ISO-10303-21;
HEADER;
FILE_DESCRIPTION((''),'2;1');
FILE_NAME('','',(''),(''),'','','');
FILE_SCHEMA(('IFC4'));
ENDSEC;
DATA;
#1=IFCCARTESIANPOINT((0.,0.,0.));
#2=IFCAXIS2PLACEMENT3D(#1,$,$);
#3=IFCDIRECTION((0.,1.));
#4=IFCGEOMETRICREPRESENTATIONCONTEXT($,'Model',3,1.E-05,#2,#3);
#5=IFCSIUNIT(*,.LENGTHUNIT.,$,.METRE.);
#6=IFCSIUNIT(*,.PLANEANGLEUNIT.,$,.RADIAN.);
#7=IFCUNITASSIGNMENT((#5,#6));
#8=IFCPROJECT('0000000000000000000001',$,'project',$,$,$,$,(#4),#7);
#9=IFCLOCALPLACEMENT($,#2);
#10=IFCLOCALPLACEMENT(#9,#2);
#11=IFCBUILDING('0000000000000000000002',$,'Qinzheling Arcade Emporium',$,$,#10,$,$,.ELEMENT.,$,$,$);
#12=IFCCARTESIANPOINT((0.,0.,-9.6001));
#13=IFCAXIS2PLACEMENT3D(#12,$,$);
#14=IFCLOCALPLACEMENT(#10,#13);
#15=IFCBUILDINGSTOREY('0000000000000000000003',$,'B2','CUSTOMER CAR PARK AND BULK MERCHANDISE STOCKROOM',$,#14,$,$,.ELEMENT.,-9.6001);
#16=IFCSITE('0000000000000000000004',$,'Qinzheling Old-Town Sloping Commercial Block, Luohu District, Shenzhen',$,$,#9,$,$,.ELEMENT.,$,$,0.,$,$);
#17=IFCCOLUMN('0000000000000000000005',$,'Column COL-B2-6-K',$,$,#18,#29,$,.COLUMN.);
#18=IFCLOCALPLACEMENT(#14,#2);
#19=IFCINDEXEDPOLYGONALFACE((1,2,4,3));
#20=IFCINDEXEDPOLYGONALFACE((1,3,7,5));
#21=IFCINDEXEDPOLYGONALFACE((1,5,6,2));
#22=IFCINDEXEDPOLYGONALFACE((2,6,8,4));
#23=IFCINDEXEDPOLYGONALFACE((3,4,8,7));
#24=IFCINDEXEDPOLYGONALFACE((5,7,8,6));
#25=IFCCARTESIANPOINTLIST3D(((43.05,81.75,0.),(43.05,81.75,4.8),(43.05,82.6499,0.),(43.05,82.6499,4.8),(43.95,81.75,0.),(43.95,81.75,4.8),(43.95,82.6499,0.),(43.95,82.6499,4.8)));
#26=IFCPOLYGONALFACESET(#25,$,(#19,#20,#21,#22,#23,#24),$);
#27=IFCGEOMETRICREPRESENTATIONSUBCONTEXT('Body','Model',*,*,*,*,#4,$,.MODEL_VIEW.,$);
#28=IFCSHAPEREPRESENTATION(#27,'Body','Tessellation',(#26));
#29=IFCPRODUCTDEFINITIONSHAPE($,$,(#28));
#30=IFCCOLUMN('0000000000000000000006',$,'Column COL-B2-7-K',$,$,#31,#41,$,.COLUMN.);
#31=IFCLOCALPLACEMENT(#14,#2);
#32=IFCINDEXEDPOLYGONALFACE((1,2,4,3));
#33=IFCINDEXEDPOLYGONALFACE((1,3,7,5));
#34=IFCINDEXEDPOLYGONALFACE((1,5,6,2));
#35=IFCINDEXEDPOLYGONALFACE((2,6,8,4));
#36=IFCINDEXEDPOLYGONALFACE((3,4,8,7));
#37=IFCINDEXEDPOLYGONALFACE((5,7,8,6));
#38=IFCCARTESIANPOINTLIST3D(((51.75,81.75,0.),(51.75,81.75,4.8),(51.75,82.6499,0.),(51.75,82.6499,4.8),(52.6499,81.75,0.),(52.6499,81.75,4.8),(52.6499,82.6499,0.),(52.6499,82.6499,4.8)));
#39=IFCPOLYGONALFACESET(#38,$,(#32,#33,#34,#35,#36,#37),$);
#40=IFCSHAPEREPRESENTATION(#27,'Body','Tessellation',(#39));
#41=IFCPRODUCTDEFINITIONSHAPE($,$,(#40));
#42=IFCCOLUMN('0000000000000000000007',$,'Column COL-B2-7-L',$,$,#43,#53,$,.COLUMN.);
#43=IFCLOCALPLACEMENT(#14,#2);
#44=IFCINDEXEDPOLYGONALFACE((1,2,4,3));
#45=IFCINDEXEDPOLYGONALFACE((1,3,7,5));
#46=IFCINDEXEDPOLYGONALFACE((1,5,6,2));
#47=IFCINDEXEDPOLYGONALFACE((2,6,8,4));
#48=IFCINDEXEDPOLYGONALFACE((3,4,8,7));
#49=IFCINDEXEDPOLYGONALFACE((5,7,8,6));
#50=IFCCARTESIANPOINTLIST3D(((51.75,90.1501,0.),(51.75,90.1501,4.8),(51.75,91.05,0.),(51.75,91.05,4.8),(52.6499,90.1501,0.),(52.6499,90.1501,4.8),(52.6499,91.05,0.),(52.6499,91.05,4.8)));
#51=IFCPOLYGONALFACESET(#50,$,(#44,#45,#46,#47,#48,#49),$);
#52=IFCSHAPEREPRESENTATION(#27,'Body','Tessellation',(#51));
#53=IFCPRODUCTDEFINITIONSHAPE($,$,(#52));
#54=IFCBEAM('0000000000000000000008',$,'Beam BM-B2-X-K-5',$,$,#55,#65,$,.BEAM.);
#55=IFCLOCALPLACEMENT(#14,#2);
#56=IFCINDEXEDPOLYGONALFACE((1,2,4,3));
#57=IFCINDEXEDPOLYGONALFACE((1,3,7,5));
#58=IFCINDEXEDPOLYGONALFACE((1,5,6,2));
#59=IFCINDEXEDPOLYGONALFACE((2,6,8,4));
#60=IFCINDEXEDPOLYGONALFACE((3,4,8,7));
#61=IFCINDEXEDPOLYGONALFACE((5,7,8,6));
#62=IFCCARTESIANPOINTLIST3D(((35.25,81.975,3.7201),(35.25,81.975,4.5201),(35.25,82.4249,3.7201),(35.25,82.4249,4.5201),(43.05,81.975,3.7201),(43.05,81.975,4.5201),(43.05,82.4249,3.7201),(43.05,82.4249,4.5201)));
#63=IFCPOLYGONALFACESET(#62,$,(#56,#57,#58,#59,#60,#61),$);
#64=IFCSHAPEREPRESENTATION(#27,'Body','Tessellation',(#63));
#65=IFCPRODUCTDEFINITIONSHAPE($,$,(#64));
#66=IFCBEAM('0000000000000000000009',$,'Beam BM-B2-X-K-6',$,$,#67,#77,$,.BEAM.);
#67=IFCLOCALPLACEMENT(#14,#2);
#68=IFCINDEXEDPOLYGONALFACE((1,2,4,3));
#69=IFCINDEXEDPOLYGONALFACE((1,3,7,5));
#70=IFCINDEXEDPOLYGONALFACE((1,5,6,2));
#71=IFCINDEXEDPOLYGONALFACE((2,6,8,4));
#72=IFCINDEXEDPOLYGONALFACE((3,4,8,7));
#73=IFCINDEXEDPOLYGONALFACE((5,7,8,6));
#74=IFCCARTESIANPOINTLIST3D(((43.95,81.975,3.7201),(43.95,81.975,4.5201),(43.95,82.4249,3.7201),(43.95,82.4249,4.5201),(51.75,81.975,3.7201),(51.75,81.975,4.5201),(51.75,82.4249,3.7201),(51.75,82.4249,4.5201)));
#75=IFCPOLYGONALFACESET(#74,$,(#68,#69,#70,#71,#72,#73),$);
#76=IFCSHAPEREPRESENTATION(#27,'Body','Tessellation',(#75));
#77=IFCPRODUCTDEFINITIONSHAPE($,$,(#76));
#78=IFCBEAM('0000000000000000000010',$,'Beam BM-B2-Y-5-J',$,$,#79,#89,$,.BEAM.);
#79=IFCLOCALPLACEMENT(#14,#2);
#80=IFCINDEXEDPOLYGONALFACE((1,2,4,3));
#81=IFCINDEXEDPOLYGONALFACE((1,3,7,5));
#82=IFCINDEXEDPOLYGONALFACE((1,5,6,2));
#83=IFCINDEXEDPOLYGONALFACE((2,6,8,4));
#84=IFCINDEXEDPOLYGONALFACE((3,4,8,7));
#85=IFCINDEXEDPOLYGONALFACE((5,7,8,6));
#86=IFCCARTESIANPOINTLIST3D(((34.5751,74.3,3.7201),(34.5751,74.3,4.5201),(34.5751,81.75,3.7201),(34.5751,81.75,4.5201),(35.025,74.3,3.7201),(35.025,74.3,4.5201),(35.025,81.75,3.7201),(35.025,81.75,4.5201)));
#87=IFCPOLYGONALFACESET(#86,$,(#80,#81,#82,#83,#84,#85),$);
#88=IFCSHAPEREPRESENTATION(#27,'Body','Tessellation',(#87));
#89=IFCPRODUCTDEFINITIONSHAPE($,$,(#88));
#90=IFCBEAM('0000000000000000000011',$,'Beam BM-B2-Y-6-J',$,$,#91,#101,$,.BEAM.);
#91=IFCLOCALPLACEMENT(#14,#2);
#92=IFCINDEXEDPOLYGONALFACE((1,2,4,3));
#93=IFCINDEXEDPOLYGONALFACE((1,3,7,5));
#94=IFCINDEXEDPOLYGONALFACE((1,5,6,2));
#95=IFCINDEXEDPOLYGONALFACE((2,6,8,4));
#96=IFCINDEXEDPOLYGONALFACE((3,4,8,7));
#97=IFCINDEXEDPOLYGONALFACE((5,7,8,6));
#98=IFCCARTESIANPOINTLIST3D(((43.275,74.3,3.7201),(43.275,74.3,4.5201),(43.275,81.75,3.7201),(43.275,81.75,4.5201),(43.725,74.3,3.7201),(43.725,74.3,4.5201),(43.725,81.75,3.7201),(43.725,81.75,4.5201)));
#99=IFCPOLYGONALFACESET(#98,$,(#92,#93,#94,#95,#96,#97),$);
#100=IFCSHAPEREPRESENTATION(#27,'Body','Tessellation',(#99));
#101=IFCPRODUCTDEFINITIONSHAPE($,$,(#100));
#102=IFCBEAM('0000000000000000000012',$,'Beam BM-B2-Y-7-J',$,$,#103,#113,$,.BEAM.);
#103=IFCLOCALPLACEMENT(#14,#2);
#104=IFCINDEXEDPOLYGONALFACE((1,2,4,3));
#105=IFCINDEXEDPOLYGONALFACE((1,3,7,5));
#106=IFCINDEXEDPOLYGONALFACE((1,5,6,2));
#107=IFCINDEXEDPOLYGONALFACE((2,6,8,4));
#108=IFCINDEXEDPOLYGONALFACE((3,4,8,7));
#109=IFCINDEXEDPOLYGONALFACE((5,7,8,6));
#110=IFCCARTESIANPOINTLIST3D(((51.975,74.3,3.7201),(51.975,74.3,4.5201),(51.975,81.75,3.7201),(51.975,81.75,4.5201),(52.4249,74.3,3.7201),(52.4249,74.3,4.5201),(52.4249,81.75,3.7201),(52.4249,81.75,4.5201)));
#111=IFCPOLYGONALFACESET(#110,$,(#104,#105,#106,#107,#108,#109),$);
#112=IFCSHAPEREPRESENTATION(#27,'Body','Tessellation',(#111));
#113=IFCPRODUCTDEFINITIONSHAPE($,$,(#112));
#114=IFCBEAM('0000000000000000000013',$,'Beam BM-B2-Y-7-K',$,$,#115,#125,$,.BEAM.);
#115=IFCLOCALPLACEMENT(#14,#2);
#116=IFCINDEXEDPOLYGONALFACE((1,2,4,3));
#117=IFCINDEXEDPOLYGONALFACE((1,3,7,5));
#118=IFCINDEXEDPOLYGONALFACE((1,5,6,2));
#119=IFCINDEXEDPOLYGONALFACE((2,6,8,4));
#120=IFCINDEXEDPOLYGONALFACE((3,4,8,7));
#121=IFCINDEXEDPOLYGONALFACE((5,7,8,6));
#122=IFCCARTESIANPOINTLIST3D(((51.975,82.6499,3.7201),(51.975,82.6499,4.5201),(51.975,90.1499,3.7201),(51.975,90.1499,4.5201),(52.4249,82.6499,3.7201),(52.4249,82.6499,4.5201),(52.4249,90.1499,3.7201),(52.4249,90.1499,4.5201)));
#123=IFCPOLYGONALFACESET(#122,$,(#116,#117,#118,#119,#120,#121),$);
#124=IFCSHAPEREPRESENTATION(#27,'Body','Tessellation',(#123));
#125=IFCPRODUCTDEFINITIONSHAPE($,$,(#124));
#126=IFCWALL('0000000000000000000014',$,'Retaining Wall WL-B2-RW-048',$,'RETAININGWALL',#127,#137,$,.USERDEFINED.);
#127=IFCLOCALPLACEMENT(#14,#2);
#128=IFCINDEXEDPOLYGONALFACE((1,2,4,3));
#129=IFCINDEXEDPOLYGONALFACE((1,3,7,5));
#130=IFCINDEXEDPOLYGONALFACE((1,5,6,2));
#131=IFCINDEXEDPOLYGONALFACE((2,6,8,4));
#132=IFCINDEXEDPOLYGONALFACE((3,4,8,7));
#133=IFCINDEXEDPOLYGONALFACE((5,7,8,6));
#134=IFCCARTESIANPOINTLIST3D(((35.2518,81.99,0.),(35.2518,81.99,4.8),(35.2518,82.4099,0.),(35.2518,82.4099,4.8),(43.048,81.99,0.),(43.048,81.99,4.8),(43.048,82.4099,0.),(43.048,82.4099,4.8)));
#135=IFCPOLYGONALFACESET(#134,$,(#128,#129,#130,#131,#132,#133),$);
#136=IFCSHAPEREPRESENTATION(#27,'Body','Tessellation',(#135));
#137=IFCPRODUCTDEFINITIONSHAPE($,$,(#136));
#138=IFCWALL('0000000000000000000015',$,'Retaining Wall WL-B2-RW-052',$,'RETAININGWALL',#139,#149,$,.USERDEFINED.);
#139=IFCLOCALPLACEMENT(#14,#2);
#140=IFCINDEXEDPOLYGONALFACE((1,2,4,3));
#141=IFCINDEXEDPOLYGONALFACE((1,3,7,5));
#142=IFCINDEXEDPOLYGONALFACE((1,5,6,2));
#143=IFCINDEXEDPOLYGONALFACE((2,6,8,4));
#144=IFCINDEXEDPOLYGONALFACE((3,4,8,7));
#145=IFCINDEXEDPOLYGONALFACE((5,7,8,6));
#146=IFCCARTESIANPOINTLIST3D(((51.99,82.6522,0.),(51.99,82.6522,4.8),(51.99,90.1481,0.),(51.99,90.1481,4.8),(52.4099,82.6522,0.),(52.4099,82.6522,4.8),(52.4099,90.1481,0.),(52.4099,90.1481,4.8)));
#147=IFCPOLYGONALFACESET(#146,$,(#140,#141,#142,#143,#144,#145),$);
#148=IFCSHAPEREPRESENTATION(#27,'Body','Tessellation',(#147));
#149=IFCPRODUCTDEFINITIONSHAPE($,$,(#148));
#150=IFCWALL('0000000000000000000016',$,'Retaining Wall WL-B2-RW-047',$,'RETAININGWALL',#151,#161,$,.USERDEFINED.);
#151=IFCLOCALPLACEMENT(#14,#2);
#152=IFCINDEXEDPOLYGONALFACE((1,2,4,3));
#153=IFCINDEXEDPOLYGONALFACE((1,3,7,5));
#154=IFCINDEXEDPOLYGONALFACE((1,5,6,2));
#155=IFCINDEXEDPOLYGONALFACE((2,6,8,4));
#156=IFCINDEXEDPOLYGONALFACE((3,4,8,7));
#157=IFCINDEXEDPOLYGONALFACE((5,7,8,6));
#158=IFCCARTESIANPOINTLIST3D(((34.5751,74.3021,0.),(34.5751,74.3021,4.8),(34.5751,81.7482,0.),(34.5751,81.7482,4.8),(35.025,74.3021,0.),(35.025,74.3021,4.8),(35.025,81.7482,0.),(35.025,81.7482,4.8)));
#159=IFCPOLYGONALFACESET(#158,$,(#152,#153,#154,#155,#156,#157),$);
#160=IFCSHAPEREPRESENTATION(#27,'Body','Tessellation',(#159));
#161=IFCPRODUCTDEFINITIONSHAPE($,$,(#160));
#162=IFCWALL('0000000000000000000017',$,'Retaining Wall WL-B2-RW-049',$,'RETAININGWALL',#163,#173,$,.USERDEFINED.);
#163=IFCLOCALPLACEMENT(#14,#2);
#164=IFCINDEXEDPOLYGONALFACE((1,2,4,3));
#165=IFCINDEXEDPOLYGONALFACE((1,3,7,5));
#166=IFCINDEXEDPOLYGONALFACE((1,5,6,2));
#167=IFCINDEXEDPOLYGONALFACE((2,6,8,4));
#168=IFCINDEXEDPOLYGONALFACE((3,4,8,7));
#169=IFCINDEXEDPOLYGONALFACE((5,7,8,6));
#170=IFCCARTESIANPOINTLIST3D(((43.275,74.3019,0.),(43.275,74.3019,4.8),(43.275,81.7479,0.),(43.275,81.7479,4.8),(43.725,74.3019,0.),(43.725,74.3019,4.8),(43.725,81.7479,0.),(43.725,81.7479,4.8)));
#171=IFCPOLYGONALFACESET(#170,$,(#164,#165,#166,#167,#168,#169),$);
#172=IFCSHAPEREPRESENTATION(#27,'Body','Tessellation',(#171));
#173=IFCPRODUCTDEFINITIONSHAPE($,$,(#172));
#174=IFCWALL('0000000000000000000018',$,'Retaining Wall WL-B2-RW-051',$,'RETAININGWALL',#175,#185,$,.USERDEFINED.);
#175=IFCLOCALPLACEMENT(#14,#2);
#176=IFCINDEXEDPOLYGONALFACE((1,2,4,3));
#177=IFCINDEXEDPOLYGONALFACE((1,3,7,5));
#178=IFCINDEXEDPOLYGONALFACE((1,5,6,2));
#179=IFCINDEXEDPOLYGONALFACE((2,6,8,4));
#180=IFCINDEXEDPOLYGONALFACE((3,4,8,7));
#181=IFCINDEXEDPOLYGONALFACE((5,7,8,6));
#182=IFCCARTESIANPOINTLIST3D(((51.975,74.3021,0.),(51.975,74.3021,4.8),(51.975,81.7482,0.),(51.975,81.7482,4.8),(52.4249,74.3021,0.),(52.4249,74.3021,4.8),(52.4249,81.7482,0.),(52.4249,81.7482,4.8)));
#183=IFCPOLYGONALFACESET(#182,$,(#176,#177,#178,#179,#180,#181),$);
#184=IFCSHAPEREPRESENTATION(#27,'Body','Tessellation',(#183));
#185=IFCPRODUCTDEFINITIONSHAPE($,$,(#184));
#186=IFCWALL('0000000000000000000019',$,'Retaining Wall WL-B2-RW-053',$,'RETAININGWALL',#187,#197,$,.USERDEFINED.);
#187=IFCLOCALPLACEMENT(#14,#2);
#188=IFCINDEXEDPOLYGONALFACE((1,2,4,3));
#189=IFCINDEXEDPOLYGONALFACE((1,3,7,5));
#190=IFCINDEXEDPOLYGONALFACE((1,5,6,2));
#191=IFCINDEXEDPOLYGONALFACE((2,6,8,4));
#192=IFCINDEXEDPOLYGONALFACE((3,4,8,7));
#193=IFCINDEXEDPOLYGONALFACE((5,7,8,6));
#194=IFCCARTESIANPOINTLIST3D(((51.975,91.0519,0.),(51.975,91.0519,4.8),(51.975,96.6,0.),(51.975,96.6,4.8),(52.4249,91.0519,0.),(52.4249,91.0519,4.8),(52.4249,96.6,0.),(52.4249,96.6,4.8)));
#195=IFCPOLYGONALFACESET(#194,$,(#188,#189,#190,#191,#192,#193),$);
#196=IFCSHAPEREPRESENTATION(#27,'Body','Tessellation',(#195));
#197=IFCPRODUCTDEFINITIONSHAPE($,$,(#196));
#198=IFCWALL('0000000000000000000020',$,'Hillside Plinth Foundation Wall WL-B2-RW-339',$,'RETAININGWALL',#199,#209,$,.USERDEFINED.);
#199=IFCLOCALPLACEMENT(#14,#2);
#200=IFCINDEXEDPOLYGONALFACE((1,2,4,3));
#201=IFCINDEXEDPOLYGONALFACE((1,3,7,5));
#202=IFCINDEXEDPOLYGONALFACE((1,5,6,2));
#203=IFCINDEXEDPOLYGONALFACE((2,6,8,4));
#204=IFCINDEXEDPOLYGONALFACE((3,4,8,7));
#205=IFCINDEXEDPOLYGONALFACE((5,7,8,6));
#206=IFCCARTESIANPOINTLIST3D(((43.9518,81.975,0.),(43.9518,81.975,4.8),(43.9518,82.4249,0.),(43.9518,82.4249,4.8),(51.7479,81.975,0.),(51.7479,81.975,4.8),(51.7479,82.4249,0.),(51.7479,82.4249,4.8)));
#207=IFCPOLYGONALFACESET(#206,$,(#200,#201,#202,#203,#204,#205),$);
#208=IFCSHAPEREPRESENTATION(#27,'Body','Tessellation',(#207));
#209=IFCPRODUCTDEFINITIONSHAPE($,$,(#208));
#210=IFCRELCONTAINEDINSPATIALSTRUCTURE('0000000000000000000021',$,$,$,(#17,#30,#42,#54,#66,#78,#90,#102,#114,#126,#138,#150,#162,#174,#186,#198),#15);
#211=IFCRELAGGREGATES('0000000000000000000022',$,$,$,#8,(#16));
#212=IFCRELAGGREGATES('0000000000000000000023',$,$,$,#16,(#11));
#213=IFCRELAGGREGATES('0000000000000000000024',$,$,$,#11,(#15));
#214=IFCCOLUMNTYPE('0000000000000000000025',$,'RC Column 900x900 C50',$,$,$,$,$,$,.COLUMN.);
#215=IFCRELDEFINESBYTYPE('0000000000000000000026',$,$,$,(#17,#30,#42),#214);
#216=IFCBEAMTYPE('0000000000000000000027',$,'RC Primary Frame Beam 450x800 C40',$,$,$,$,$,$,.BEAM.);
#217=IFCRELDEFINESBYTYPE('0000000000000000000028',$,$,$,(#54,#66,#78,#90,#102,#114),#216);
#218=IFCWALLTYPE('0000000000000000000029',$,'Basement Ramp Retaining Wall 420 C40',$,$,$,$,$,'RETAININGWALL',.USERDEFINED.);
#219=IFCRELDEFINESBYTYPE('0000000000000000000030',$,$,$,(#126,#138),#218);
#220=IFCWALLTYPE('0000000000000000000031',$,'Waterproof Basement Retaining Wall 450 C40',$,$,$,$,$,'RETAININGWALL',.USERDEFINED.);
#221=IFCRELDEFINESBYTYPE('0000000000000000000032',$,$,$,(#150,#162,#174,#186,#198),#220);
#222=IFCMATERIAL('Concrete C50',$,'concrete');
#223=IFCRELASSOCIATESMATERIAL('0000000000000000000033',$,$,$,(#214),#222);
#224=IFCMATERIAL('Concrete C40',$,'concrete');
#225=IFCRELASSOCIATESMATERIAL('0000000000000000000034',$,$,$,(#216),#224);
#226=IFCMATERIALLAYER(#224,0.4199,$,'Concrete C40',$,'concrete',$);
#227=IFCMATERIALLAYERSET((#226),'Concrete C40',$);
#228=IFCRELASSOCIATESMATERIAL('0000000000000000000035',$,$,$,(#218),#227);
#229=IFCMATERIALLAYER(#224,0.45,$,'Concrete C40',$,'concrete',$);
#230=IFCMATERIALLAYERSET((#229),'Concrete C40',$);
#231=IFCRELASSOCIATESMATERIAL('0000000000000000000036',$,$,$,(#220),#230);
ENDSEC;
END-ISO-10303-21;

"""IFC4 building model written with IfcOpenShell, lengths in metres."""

from ifc_helpers import new_model, si_unit, direction, frame, frame_2d, origin, origin_2d, place, context, subcontext, project, spatial, rectangle, extrude, material, layer, layer_set, material_profile, profile_set, type_object, element, save


model = new_model("IFC4")

# Units and contexts
model_context = context("Model", 3, precision=1e-05, world=origin(), true_north=direction((0.0, 1.0)))
body_context = subcontext(model_context, "Body", "Model", "MODEL_VIEW")
ifc_project = project(units=[si_unit("LENGTHUNIT", "METRE"), si_unit("PLANEANGLEUNIT", "RADIAN")], contexts=[model_context])

# Site, building, storey
site_placement = place(None, origin())
site = spatial("IfcSite", under=ifc_project, at=site_placement, Name="Qinzheling Old-Town Sloping Commercial Block, Luohu District, Shenzhen", CompositionType="ELEMENT", RefElevation=0.0)
building_placement = place(site_placement, origin())
building = spatial("IfcBuilding", under=site, at=building_placement, Name="Qinzheling Arcade Emporium", CompositionType="ELEMENT")
storey_placement = place(building_placement, frame((0.0, 0.0, -9.6001)))
storey = spatial("IfcBuildingStorey", under=building, at=storey_placement, Name="B2", Description="CUSTOMER CAR PARK AND BULK MERCHANDISE STOCKROOM", CompositionType="ELEMENT", Elevation=-9.6001)

# Shared definitions
ifc_material_1 = material(Name="Concrete C40", Category="concrete")

# Columns
ifc_material_2 = material(Name="Concrete C50", Category="concrete")
ifc_material_profile_1 = material_profile(ifc_material_2, rectangle(XDim=0.8999, YDim=0.8999, at=origin_2d()), Name="RC 900x900", Category="concrete")
ifc_profile_set_1 = profile_set([ifc_material_profile_1], Name="Concrete C50")
column_type = type_object("IfcColumnType", Name="RC Column 900x900 C50", PredefinedType="COLUMN", material=ifc_profile_set_1)
for number, where, z_axis, x_axis, name in (
    (1, (43.5, 82.2, 0.0), (0.0, 0.0, 1.0), (1.0, 0.0, 0.0), "Column COL-B2-6-K"),
    (2, (52.2, 82.2, 0.0), (0.0, 0.0, 1.0), (1.0, 0.0, 0.0), "Column COL-B2-7-K"),
    (3, (52.2, 90.6001, 0.0), (0.0, 0.0, 1.0), (1.0, 0.0, 0.0), "Column COL-B2-7-L"),
):
    element("IfcColumn", number, at=place(storey_placement, frame(where, z_axis=z_axis, x_axis=x_axis)), inside=storey, type_object=column_type, Name=name, PredefinedType="COLUMN", context=body_context, shape_type="SweptSolid", body=[
        extrude(rectangle(XDim=0.8999, YDim=0.8999, at=origin_2d()), origin(), (0.0, 0.0, 1.0), 4.8),
    ])

# Beams
ifc_material_profile_2 = material_profile(ifc_material_1, rectangle(XDim=0.45, YDim=0.8, at=origin_2d()), Name="RC 450x800", Category="concrete")
ifc_profile_set_2 = profile_set([ifc_material_profile_2], Name="Concrete C40")
beam_type = type_object("IfcBeamType", Name="RC Primary Frame Beam 450x800 C40", PredefinedType="BEAM", material=ifc_profile_set_2)
for number, where, z_axis, x_axis, name in (
    (4, (35.25, 82.2, 4.1201), (1.0, 0.0, 0.0), (0.0, 1.0, 0.0), "Beam BM-B2-X-K-5"),
    (5, (43.95, 82.2, 4.1201), (1.0, 0.0, 0.0), (0.0, 1.0, 0.0), "Beam BM-B2-X-K-6"),
):
    element("IfcBeam", number, at=place(storey_placement, frame(where, z_axis=z_axis, x_axis=x_axis)), inside=storey, type_object=beam_type, Name=name, PredefinedType="BEAM", context=body_context, shape_type="SweptSolid", body=[
        extrude(rectangle(XDim=0.45, YDim=0.8, at=origin_2d()), origin(), (0.0, 0.0, 1.0), 7.8),
    ])
for number, where, z_axis, x_axis, name in (
    (6, (34.8, 74.3, 4.1201), (0.0, 1.0, 0.0), (-1.0, 0.0, 0.0), "Beam BM-B2-Y-5-J"),
    (7, (43.5, 74.3, 4.1201), (0.0, 1.0, 0.0), (-1.0, 0.0, 0.0), "Beam BM-B2-Y-6-J"),
    (8, (52.2, 74.3, 4.1201), (0.0, 1.0, 0.0), (-1.0, 0.0, 0.0), "Beam BM-B2-Y-7-J"),
):
    element("IfcBeam", number, at=place(storey_placement, frame(where, z_axis=z_axis, x_axis=x_axis)), inside=storey, type_object=beam_type, Name=name, PredefinedType="BEAM", context=body_context, shape_type="SweptSolid", body=[
        extrude(rectangle(XDim=0.45, YDim=0.8, at=origin_2d()), origin(), (0.0, 0.0, 1.0), 7.45),
    ])
beam_placement = place(storey_placement, frame((52.2, 82.6499, 4.1201), z_axis=(0.0, 1.0, 0.0), x_axis=(-1.0, 0.0, 0.0)))
element("IfcBeam", 9, at=beam_placement, inside=storey, type_object=beam_type, Name="Beam BM-B2-Y-7-K", PredefinedType="BEAM", context=body_context, shape_type="SweptSolid", body=[
    extrude(rectangle(XDim=0.45, YDim=0.8, at=origin_2d()), origin(), (0.0, 0.0, 1.0), 7.5),
])

# Walls
ifc_layer_1 = layer(ifc_material_1, 0.4199, Name="Concrete C40", Category="concrete")
ifc_layer_set_1 = layer_set([ifc_layer_1], Name="Concrete C40")
wall_type_1 = type_object("IfcWallType", Name="Basement Ramp Retaining Wall 420 C40", ElementType="RETAININGWALL", PredefinedType="USERDEFINED", material=ifc_layer_set_1)
wall_1_placement = place(storey_placement, frame((35.252, 82.2, 0.0), z_axis=(0.0, 0.0, 1.0), x_axis=(1.0, 0.0, 0.0)))
element("IfcWall", 10, at=wall_1_placement, inside=storey, type_object=wall_type_1, Name="Retaining Wall WL-B2-RW-048", ObjectType="RETAININGWALL", PredefinedType="USERDEFINED", context=body_context, shape_type="SweptSolid", body=[
    extrude(rectangle(XDim=7.7961, YDim=0.4199, at=frame_2d((3.8979, 0.0))), origin(), (0.0, 0.0, 1.0), 4.8),
])
wall_2_placement = place(storey_placement, frame((52.2, 82.6521, 0.0), z_axis=(0.0, 0.0, 1.0), x_axis=(0.0, 1.0, 0.0)))
element("IfcWall", 11, at=wall_2_placement, inside=storey, type_object=wall_type_1, Name="Retaining Wall WL-B2-RW-052", ObjectType="RETAININGWALL", PredefinedType="USERDEFINED", context=body_context, shape_type="SweptSolid", body=[
    extrude(rectangle(XDim=7.4958, YDim=0.4199, at=frame_2d((3.748, 0.0))), origin(), (0.0, 0.0, 1.0), 4.8),
])
ifc_layer_2 = layer(ifc_material_1, 0.45, Name="Concrete C40", Category="concrete")
ifc_layer_set_2 = layer_set([ifc_layer_2], Name="Concrete C40")
wall_type_2 = type_object("IfcWallType", Name="Waterproof Basement Retaining Wall 450 C40", ElementType="RETAININGWALL", PredefinedType="USERDEFINED", material=ifc_layer_set_2)
for number, where, z_axis, x_axis, name in (
    (12, (34.8, 74.302, 0.0), (0.0, 0.0, 1.0), (0.0, 1.0, 0.0), "Retaining Wall WL-B2-RW-047"),
    (13, (43.5, 81.748, 0.0), (0.0, 0.0, 1.0), (0.0, -1.0, 0.0), "Retaining Wall WL-B2-RW-049"),
    (14, (52.2, 74.302, 0.0), (0.0, 0.0, 1.0), (0.0, 1.0, 0.0), "Retaining Wall WL-B2-RW-051"),
):
    element("IfcWall", number, at=place(storey_placement, frame(where, z_axis=z_axis, x_axis=x_axis)), inside=storey, type_object=wall_type_2, Name=name, ObjectType="RETAININGWALL", PredefinedType="USERDEFINED", context=body_context, shape_type="SweptSolid", body=[
        extrude(rectangle(XDim=7.446, YDim=0.45, at=frame_2d((3.7231, 0.0))), origin(), (0.0, 0.0, 1.0), 4.8),
    ])
wall_3_placement = place(storey_placement, frame((52.2, 91.052, 0.0), z_axis=(0.0, 0.0, 1.0), x_axis=(0.0, 1.0, 0.0)))
element("IfcWall", 15, at=wall_3_placement, inside=storey, type_object=wall_type_2, Name="Retaining Wall WL-B2-RW-053", ObjectType="RETAININGWALL", PredefinedType="USERDEFINED", context=body_context, shape_type="SweptSolid", body=[
    extrude(rectangle(XDim=5.5481, YDim=0.45, at=frame_2d((2.7739, 0.0))), origin(), (0.0, 0.0, 1.0), 4.8),
])
wall_4_placement = place(storey_placement, frame((43.9519, 82.2, 0.0), z_axis=(0.0, 0.0, 1.0), x_axis=(1.0, 0.0, 0.0)))
element("IfcWall", 16, at=wall_4_placement, inside=storey, type_object=wall_type_2, Name="Hillside Plinth Foundation Wall WL-B2-RW-339", ObjectType="RETAININGWALL", PredefinedType="USERDEFINED", context=body_context, shape_type="SweptSolid", body=[
    extrude(rectangle(XDim=7.7961, YDim=0.45, at=frame_2d((3.8979, 0.0))), origin(), (0.0, 0.0, 1.0), 4.8),
])

save(model, "model.ifc")
